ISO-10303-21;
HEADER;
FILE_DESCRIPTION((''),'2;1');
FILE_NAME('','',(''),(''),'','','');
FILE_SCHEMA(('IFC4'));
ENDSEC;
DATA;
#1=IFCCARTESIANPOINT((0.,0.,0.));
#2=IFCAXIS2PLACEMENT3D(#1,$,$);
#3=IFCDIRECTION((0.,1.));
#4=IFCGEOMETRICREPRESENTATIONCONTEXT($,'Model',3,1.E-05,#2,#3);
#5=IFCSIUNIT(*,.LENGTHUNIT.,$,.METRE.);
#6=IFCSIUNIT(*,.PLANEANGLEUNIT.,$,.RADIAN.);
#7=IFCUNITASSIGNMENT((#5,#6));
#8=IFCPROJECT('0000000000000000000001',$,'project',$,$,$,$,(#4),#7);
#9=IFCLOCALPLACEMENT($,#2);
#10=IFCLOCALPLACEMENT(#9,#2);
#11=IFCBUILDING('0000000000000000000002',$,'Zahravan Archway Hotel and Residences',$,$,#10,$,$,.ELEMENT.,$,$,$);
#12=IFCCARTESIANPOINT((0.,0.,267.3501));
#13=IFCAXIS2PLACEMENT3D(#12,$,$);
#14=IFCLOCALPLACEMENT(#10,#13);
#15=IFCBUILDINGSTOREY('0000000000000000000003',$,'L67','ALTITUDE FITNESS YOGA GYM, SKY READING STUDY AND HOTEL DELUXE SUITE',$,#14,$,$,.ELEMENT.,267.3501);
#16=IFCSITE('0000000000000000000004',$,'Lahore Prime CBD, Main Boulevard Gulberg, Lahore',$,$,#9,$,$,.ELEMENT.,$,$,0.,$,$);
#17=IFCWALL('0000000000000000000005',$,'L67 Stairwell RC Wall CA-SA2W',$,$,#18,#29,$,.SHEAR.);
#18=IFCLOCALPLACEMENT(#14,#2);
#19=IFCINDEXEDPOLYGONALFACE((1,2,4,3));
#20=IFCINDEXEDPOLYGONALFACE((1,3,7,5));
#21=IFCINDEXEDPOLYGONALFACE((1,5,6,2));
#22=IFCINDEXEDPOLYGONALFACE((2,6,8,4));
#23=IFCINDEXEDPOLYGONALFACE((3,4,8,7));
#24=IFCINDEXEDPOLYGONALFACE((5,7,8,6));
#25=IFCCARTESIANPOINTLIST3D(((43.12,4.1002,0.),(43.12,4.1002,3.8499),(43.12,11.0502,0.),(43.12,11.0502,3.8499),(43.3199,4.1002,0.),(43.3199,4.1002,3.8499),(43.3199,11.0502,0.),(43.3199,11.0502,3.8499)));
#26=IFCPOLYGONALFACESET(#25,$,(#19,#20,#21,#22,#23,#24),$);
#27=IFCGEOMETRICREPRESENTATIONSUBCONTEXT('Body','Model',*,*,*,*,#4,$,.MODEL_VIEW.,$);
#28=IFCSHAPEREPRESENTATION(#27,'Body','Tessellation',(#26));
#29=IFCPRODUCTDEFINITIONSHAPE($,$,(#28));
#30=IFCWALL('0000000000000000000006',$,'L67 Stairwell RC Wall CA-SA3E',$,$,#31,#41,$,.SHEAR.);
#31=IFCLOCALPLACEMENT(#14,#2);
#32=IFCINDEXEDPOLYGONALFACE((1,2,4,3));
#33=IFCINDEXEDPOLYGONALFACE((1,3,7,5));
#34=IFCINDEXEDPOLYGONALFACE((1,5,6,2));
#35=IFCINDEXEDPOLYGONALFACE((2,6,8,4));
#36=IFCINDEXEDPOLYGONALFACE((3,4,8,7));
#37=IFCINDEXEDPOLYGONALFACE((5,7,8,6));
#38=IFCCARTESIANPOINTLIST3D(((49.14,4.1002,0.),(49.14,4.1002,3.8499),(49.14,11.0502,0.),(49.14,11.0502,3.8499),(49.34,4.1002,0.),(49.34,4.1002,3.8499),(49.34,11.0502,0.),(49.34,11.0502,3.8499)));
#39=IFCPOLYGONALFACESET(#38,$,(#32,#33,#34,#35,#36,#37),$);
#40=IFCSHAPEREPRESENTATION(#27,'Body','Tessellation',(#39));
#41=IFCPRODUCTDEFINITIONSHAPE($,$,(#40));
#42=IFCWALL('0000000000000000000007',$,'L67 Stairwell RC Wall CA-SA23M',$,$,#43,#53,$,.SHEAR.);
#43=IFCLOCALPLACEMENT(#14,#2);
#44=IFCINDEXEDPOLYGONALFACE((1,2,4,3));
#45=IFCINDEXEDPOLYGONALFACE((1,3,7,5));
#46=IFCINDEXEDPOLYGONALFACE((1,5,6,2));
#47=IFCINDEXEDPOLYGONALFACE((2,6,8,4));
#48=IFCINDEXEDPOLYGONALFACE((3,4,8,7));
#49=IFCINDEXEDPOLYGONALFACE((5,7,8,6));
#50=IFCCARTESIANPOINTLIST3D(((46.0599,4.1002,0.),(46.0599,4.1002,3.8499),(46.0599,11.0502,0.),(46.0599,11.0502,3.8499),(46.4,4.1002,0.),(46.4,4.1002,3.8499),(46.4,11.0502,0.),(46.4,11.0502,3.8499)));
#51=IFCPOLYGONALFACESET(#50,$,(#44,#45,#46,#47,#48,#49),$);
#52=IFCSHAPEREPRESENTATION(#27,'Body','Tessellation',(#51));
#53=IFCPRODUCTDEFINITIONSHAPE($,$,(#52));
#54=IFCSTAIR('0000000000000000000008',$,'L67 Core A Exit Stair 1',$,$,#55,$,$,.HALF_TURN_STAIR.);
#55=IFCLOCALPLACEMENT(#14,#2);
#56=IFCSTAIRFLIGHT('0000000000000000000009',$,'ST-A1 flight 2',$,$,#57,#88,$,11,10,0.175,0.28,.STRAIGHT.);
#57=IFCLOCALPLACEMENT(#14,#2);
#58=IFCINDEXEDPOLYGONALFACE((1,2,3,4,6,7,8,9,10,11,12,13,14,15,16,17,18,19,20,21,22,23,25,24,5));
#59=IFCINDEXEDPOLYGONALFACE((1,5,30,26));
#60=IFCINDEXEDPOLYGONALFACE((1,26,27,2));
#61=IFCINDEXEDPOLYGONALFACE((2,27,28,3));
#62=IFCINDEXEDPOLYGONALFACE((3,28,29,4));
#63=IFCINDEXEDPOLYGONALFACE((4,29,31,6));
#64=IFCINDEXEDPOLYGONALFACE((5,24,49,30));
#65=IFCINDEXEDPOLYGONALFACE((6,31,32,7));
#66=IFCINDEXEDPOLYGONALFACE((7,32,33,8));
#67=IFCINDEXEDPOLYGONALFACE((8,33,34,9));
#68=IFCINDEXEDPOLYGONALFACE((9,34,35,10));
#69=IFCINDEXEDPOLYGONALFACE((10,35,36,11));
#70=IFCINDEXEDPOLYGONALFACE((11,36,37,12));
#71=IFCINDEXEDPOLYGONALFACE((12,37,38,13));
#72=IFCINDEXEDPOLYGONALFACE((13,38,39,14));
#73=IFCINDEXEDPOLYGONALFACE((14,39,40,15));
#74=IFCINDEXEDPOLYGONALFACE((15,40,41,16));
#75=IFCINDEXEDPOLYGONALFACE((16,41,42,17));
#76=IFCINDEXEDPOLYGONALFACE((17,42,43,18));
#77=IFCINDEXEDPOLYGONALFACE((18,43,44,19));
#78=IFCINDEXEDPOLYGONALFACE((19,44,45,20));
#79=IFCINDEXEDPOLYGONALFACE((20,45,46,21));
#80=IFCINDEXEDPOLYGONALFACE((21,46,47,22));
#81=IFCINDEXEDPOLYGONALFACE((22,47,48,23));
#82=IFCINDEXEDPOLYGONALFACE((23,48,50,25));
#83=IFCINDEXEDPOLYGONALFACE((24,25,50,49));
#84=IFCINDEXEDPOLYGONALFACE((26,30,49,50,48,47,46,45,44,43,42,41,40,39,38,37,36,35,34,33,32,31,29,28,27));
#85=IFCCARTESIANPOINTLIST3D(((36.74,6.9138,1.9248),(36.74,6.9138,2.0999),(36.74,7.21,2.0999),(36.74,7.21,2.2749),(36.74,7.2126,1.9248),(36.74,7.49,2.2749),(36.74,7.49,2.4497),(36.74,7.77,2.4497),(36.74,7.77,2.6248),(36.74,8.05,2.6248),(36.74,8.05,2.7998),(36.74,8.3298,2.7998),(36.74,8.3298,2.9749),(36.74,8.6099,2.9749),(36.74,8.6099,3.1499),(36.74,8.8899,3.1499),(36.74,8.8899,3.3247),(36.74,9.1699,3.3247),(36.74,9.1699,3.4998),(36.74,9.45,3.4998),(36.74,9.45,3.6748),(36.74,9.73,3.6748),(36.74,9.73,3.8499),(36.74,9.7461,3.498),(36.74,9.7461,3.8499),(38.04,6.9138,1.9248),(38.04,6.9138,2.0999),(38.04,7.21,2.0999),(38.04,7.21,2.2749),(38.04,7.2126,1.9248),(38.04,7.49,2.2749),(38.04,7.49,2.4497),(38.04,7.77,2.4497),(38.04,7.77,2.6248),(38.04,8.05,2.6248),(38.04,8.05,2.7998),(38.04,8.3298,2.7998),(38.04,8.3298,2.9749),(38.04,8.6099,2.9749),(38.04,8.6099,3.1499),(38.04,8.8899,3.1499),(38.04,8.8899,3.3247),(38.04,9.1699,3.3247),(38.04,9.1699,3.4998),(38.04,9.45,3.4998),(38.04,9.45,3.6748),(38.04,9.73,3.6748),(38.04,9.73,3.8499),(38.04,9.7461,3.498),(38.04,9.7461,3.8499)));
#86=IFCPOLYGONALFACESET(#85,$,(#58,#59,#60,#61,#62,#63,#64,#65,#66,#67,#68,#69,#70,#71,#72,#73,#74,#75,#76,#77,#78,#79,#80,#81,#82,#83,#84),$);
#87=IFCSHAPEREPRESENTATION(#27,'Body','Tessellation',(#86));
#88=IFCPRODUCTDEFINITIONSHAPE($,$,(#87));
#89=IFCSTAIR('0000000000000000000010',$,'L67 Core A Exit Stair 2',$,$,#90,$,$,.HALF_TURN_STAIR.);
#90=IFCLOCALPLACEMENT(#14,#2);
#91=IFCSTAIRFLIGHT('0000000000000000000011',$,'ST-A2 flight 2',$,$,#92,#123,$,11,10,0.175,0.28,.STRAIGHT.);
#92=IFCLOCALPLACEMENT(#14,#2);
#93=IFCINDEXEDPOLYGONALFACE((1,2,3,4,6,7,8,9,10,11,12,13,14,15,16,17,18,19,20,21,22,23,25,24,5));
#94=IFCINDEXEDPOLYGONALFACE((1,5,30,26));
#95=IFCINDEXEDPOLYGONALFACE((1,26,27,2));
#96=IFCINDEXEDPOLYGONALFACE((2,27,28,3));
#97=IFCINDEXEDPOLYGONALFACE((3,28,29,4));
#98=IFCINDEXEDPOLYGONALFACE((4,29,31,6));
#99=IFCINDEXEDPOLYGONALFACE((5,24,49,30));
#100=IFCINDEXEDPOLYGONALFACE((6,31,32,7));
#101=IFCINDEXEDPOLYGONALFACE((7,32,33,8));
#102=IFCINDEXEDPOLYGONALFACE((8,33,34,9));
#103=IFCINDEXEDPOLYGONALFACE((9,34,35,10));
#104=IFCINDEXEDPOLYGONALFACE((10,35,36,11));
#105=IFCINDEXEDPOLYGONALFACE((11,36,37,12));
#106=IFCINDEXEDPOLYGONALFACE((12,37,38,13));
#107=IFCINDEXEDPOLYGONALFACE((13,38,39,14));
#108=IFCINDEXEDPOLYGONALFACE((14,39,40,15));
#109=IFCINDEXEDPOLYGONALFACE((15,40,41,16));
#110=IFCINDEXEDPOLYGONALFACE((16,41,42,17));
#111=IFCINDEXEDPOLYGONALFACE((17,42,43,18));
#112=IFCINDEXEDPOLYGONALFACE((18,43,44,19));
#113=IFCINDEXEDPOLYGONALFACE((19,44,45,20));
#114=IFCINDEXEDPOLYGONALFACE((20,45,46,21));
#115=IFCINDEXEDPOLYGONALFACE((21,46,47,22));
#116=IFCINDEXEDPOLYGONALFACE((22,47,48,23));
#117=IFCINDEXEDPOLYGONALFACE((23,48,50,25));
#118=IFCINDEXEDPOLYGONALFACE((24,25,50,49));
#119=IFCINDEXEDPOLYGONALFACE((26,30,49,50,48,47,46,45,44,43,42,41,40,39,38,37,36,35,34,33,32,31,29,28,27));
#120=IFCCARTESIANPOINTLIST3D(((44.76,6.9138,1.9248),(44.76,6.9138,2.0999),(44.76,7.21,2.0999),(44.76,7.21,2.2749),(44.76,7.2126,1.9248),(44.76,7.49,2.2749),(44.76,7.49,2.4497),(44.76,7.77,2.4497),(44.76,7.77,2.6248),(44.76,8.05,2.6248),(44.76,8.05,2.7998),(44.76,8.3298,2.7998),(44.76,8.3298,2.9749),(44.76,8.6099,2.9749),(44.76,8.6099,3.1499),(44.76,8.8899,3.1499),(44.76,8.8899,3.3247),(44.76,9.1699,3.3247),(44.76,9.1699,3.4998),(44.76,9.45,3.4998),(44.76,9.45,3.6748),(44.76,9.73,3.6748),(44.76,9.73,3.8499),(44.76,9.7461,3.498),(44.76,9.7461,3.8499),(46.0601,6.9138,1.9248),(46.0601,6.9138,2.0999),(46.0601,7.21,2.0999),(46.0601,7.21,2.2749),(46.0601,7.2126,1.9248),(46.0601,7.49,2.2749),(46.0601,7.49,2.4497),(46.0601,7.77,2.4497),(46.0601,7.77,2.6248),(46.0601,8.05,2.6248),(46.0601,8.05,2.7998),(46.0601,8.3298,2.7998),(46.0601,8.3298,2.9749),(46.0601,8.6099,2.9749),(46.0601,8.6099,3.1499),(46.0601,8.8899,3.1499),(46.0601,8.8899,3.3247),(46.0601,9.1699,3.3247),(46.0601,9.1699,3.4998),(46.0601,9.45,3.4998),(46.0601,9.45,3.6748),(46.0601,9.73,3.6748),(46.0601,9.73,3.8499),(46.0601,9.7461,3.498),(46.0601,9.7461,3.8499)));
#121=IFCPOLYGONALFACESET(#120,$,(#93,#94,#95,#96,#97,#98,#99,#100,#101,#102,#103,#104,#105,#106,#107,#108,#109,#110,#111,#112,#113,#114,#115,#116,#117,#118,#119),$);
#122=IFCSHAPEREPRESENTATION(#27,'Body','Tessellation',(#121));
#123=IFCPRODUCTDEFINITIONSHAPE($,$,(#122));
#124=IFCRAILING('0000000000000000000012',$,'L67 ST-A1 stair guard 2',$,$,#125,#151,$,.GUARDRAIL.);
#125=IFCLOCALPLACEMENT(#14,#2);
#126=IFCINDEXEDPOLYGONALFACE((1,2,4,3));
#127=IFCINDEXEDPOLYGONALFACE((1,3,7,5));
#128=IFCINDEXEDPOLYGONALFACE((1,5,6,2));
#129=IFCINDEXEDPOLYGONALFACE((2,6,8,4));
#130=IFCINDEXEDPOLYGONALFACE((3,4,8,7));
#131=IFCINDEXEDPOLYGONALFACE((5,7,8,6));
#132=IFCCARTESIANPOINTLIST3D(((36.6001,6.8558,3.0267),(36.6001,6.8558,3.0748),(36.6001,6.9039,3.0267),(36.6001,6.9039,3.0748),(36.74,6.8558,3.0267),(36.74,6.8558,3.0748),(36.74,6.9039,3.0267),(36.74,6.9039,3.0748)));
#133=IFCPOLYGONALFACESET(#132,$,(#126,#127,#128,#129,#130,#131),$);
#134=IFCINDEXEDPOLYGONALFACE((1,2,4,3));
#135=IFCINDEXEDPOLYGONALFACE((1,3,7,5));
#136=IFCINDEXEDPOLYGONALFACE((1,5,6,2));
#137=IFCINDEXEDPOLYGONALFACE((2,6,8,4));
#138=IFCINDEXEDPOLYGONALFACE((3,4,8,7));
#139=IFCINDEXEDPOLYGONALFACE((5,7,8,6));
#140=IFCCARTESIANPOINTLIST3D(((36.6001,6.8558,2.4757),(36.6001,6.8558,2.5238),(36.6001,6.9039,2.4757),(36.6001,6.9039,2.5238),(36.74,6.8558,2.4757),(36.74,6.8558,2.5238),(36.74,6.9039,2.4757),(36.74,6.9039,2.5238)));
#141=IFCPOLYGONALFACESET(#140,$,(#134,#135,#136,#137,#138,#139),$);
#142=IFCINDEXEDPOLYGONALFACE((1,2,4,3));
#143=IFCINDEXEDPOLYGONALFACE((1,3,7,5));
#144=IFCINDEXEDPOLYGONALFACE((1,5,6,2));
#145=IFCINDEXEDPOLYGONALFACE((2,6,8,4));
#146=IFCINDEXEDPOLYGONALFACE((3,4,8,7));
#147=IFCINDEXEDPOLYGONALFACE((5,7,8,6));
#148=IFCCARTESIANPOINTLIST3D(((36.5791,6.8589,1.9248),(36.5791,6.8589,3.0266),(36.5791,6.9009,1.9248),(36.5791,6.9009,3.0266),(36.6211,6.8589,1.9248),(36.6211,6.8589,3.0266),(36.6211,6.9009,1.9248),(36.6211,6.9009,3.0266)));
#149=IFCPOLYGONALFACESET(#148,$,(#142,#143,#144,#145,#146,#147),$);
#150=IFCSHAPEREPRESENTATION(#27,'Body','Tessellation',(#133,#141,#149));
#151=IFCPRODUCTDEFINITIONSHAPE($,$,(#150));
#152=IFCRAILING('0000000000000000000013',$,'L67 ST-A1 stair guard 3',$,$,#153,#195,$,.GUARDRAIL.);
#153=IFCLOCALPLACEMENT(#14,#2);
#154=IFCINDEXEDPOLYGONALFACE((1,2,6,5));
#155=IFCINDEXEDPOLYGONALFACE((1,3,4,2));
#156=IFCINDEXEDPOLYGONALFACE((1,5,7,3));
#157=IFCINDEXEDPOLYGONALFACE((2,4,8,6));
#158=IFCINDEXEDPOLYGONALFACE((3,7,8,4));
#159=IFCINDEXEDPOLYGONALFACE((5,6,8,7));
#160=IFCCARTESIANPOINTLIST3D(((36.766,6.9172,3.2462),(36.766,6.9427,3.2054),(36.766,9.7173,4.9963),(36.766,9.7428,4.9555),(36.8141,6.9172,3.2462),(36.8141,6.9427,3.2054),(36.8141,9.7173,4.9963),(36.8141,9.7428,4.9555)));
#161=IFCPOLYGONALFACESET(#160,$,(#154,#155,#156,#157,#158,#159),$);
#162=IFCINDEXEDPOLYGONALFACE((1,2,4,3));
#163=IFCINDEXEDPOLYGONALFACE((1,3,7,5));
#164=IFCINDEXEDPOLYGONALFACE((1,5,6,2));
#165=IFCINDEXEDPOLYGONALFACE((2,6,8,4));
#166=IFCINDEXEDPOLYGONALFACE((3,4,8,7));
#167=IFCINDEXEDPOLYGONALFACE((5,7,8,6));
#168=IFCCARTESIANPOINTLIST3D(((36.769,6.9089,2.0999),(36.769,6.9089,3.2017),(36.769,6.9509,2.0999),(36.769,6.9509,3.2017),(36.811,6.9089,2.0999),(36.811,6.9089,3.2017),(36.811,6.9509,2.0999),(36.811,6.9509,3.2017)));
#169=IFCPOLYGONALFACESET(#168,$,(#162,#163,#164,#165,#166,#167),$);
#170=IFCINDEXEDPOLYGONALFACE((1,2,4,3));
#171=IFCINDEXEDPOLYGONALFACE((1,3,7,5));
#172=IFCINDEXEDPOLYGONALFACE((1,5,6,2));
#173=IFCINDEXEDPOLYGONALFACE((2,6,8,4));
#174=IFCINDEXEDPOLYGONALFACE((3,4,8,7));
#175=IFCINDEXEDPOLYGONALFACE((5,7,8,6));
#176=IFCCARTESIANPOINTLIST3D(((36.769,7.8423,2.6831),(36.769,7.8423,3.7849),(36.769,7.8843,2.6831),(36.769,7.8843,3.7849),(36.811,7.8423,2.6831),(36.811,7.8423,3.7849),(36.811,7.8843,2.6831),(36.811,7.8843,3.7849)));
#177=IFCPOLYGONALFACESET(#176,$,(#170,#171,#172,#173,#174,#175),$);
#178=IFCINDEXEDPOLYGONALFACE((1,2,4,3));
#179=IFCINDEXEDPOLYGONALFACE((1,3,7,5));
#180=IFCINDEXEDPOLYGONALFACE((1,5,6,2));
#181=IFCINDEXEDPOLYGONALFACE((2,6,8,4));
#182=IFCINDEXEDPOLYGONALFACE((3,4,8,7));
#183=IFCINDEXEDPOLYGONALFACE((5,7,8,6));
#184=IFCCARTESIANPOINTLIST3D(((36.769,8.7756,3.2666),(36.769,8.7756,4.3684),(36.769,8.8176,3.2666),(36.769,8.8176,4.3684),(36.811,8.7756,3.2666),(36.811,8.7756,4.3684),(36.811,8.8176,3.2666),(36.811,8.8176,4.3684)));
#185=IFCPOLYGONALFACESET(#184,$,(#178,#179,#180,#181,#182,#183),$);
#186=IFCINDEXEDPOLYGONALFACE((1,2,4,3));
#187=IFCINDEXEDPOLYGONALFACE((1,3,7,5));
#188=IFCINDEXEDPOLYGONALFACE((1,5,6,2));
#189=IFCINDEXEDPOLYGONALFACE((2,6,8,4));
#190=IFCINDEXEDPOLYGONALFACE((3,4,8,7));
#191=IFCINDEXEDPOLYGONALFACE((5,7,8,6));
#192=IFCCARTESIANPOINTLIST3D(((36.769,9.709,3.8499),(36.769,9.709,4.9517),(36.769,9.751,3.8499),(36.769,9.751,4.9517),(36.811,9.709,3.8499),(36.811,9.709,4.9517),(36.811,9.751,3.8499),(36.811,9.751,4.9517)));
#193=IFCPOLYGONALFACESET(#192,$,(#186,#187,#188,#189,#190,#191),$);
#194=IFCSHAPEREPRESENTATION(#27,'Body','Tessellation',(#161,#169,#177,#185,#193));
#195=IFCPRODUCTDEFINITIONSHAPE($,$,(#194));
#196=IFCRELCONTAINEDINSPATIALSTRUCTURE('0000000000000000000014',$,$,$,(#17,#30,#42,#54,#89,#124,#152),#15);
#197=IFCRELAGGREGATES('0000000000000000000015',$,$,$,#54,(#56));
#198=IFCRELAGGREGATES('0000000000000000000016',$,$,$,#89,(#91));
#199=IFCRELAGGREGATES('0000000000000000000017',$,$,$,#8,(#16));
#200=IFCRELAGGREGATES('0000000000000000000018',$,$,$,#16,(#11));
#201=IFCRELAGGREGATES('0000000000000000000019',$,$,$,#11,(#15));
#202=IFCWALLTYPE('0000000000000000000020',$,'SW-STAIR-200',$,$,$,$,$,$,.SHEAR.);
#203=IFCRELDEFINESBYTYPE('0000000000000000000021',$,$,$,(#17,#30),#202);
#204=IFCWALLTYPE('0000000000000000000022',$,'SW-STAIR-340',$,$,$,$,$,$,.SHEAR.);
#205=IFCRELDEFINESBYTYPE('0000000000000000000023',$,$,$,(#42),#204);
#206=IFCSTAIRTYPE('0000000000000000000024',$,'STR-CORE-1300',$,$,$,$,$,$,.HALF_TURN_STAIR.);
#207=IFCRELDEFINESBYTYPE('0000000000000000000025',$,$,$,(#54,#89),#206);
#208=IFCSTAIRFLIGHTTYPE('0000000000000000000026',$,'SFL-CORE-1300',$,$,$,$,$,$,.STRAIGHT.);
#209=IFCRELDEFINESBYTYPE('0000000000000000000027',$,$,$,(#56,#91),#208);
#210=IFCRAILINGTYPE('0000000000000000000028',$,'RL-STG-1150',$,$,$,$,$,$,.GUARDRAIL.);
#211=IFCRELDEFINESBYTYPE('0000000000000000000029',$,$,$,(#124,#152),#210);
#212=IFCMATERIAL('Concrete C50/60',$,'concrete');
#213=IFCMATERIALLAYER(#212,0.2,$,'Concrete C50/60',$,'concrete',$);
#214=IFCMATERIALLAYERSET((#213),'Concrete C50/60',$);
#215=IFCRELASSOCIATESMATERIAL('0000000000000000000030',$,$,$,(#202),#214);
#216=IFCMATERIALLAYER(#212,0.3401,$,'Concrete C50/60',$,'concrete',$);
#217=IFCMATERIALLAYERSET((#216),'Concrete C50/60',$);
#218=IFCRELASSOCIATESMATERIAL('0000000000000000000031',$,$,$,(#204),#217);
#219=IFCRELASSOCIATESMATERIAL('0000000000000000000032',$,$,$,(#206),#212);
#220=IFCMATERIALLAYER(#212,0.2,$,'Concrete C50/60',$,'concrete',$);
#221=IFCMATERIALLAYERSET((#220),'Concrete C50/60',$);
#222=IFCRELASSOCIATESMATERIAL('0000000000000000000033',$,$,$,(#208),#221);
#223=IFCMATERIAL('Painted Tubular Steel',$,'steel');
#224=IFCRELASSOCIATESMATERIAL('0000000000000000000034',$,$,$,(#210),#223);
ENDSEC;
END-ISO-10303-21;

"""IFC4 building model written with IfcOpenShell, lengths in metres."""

from ifc_helpers import new_model, si_unit, direction, frame, frame_2d, origin, origin_2d, place, context, subcontext, project, spatial, polyline, rectangle, outline, extrude, source, transform, mapped, material, layer, layer_set, type_object, element, aggregate, save


model = new_model("IFC4")

# Units and contexts
model_context = context("Model", 3, precision=1e-05, world=origin(), true_north=direction((0.0, 1.0)))
body_context = subcontext(model_context, "Body", "Model", "MODEL_VIEW")
ifc_project = project(units=[si_unit("LENGTHUNIT", "METRE"), si_unit("PLANEANGLEUNIT", "RADIAN")], contexts=[model_context])

# Site, building, storey
site_placement = place(None, origin())
site = spatial("IfcSite", under=ifc_project, at=site_placement, Name="Lahore Prime CBD, Main Boulevard Gulberg, Lahore", CompositionType="ELEMENT", RefElevation=0.0)
building_placement = place(site_placement, origin())
building = spatial("IfcBuilding", under=site, at=building_placement, Name="Zahravan Archway Hotel and Residences", CompositionType="ELEMENT")
storey_placement = place(building_placement, frame((0.0, 0.0, 267.3501)))
storey = spatial("IfcBuildingStorey", under=building, at=storey_placement, Name="L67", Description="ALTITUDE FITNESS YOGA GYM, SKY READING STUDY AND HOTEL DELUXE SUITE", CompositionType="ELEMENT", Elevation=267.3501)

# Shared definitions
ifc_material_1 = material(Name="Concrete C50/60", Category="concrete")

# Walls
ifc_layer_1 = layer(ifc_material_1, 0.2, Name="Concrete C50/60", Category="concrete")
ifc_layer_set_1 = layer_set([ifc_layer_1], Name="Concrete C50/60")
wall_type_1 = type_object("IfcWallType", Name="SW-STAIR-200", PredefinedType="SHEAR", material=ifc_layer_set_1)
for number, where, z_axis, x_axis, name in (
    (1, (43.22, 4.1001, 0.0), (0.0, 0.0, 1.0), (0.0, 1.0, 0.0), "L67 Stairwell RC Wall CA-SA2W"),
    (2, (49.24, 4.1001, 0.0), (0.0, 0.0, 1.0), (0.0, 1.0, 0.0), "L67 Stairwell RC Wall CA-SA3E"),
):
    element("IfcWall", number, at=place(storey_placement, frame(where, z_axis=z_axis, x_axis=x_axis)), inside=storey, type_object=wall_type_1, Name=name, PredefinedType="SHEAR", context=body_context, shape_type="SweptSolid", body=[
        extrude(rectangle(XDim=6.95, YDim=0.2, at=frame_2d((3.4751, 0.0))), origin(), (0.0, 0.0, 1.0), 3.8499),
    ])
ifc_layer_2 = layer(ifc_material_1, 0.3401, Name="Concrete C50/60", Category="concrete")
ifc_layer_set_2 = layer_set([ifc_layer_2], Name="Concrete C50/60")
wall_type_2 = type_object("IfcWallType", Name="SW-STAIR-340", PredefinedType="SHEAR", material=ifc_layer_set_2)
wall_1_placement = place(storey_placement, frame((46.23, 4.1001, 0.0), z_axis=(0.0, 0.0, 1.0), x_axis=(0.0, 1.0, 0.0)))
element("IfcWall", 3, at=wall_1_placement, inside=storey, type_object=wall_type_2, Name="L67 Stairwell RC Wall CA-SA23M", PredefinedType="SHEAR", context=body_context, shape_type="SweptSolid", body=[
    extrude(rectangle(XDim=6.95, YDim=0.3401, at=frame_2d((3.4751, 0.0))), origin(), (0.0, 0.0, 1.0), 3.8499),
])

# Stairs, stair flights
stair_type = type_object("IfcStairType", Name="STR-CORE-1300", PredefinedType="HALF_TURN_STAIR", material=ifc_material_1)
stair_1_placement = place(storey_placement, origin())
stair_1 = element("IfcStair", 4, at=stair_1_placement, inside=storey, type_object=stair_type, Name="L67 Core A Exit Stair 1", PredefinedType="HALF_TURN_STAIR")
ifc_layer_3 = layer(ifc_material_1, 0.2, Name="Concrete C50/60", Category="concrete")
ifc_layer_set_3 = layer_set([ifc_layer_3], Name="Concrete C50/60")
stair_flight_type = type_object("IfcStairFlightType", Name="SFL-CORE-1300", PredefinedType="STRAIGHT", material=ifc_layer_set_3)
shared_shape_1 = source(origin(), body_context, "Body", "SweptSolid", [
    extrude(outline(polyline([(-0.0161, 0.0), (-0.0161, 0.175), (0.28, 0.175), (0.28, 0.3501), (0.5601, 0.3501), (0.5601, 0.5249), (0.8401, 0.5249), (0.8401, 0.7), (1.1201, 0.7), (1.1201, 0.875), (1.3999, 0.875), (1.3999, 1.05), (1.6799, 1.05), (1.6799, 1.2251), (1.96, 1.2251), (1.96, 1.3999), (2.24, 1.3999), (2.24, 1.575), (2.52, 1.575), (2.52, 1.75), (2.8, 1.75), (2.8, 1.925), (2.8162, 1.925), (2.8162, 1.5732), (0.2827, 0.0), (-0.0161, 0.0)])), frame((0.0, 0.6499, 0.0), z_axis=(0.0, -1.0, 0.0), x_axis=(1.0, 0.0, 0.0)), (0.0, 0.0, 1.0), 1.3),
])
stair_flight_1_placement = place(storey_placement, frame((37.3899, 6.9299, 1.9248), z_axis=(0.0, 0.0, 1.0), x_axis=(0.0, 1.0, 0.0)))
stair_flight_1 = element("IfcStairFlight", 5, at=stair_flight_1_placement, type_object=stair_flight_type, Name="ST-A1 flight 2", NumberOfRisers=11, NumberOfTreads=10, PredefinedType="STRAIGHT", RiserHeight=0.175, TreadLength=0.28, context=body_context, shape_type="MappedRepresentation", body=[
    mapped(shared_shape_1, transform((0.0, 0.0, 0.0), scale=1.0)),
])
aggregate(stair_1, [stair_flight_1])
stair_2_placement = place(storey_placement, origin())
stair_2 = element("IfcStair", 6, at=stair_2_placement, inside=storey, type_object=stair_type, Name="L67 Core A Exit Stair 2", PredefinedType="HALF_TURN_STAIR")
stair_flight_2_placement = place(storey_placement, frame((45.4099, 6.9299, 1.9248), z_axis=(0.0, 0.0, 1.0), x_axis=(0.0, 1.0, 0.0)))
stair_flight_2 = element("IfcStairFlight", 7, at=stair_flight_2_placement, type_object=stair_flight_type, Name="ST-A2 flight 2", NumberOfRisers=11, NumberOfTreads=10, PredefinedType="STRAIGHT", RiserHeight=0.175, TreadLength=0.28, context=body_context, shape_type="MappedRepresentation", body=[
    mapped(shared_shape_1, transform((0.0, 0.0, 0.0), scale=1.0)),
])
aggregate(stair_2, [stair_flight_2])

# Railings
ifc_material_2 = material(Name="Painted Tubular Steel", Category="steel")
railing_type_1 = type_object("IfcRailingType", Name="RL-STG-1150", PredefinedType="GUARDRAIL", material=ifc_material_2)
railing_1_placement = place(storey_placement, frame((36.6001, 6.8799, 1.9248)))
element("IfcRailing", 8, at=railing_1_placement, inside=storey, type_object=railing_type_1, Name="L67 ST-A1 stair guard 2", PredefinedType="GUARDRAIL", context=body_context, shape_type="SweptSolid", body=[
    extrude(rectangle(XDim=0.0481, YDim=0.0481, at=origin_2d()), frame((0.0, 0.0, 1.126), z_axis=(1.0, 0.0, 0.0), x_axis=(0.0, 1.0, 0.0)), (0.0, 0.0, 1.0), 0.1399),
    extrude(rectangle(XDim=0.0481, YDim=0.0481, at=origin_2d()), frame((0.0, 0.0, 0.575), z_axis=(1.0, 0.0, 0.0), x_axis=(0.0, 1.0, 0.0)), (0.0, 0.0, 1.0), 0.1399),
    extrude(rectangle(XDim=0.042, YDim=0.042, at=origin_2d()), origin(), (0.0, 0.0, 1.0), 1.1018),
])
railing_2_placement = place(storey_placement, frame((36.79, 6.9299, 2.0999)))
element("IfcRailing", 9, at=railing_2_placement, inside=storey, type_object=railing_type_1, Name="L67 ST-A1 stair guard 3", PredefinedType="GUARDRAIL", context=body_context, shape_type="SweptSolid", body=[
    extrude(rectangle(XDim=0.0481, YDim=0.0481, at=origin_2d()), frame((0.0, 0.0, 1.126), z_axis=(0.0, 0.848002, 0.529992), x_axis=(-1.0, 0.0, 0.0)), (0.0, 0.0, 1.0), 3.302),
    extrude(rectangle(XDim=0.042, YDim=0.042, at=origin_2d()), origin(), (0.0, 0.0, 1.0), 1.1018),
    extrude(rectangle(XDim=0.042, YDim=0.042, at=origin_2d()), frame((0.0, 0.9333, 0.5833)), (0.0, 0.0, 1.0), 1.1018),
    extrude(rectangle(XDim=0.042, YDim=0.042, at=origin_2d()), frame((0.0, 1.8667, 1.1667)), (0.0, 0.0, 1.0), 1.1018),
    extrude(rectangle(XDim=0.042, YDim=0.042, at=origin_2d()), frame((0.0, 2.8, 1.75)), (0.0, 0.0, 1.0), 1.1018),
])

save(model, "model.ifc")
